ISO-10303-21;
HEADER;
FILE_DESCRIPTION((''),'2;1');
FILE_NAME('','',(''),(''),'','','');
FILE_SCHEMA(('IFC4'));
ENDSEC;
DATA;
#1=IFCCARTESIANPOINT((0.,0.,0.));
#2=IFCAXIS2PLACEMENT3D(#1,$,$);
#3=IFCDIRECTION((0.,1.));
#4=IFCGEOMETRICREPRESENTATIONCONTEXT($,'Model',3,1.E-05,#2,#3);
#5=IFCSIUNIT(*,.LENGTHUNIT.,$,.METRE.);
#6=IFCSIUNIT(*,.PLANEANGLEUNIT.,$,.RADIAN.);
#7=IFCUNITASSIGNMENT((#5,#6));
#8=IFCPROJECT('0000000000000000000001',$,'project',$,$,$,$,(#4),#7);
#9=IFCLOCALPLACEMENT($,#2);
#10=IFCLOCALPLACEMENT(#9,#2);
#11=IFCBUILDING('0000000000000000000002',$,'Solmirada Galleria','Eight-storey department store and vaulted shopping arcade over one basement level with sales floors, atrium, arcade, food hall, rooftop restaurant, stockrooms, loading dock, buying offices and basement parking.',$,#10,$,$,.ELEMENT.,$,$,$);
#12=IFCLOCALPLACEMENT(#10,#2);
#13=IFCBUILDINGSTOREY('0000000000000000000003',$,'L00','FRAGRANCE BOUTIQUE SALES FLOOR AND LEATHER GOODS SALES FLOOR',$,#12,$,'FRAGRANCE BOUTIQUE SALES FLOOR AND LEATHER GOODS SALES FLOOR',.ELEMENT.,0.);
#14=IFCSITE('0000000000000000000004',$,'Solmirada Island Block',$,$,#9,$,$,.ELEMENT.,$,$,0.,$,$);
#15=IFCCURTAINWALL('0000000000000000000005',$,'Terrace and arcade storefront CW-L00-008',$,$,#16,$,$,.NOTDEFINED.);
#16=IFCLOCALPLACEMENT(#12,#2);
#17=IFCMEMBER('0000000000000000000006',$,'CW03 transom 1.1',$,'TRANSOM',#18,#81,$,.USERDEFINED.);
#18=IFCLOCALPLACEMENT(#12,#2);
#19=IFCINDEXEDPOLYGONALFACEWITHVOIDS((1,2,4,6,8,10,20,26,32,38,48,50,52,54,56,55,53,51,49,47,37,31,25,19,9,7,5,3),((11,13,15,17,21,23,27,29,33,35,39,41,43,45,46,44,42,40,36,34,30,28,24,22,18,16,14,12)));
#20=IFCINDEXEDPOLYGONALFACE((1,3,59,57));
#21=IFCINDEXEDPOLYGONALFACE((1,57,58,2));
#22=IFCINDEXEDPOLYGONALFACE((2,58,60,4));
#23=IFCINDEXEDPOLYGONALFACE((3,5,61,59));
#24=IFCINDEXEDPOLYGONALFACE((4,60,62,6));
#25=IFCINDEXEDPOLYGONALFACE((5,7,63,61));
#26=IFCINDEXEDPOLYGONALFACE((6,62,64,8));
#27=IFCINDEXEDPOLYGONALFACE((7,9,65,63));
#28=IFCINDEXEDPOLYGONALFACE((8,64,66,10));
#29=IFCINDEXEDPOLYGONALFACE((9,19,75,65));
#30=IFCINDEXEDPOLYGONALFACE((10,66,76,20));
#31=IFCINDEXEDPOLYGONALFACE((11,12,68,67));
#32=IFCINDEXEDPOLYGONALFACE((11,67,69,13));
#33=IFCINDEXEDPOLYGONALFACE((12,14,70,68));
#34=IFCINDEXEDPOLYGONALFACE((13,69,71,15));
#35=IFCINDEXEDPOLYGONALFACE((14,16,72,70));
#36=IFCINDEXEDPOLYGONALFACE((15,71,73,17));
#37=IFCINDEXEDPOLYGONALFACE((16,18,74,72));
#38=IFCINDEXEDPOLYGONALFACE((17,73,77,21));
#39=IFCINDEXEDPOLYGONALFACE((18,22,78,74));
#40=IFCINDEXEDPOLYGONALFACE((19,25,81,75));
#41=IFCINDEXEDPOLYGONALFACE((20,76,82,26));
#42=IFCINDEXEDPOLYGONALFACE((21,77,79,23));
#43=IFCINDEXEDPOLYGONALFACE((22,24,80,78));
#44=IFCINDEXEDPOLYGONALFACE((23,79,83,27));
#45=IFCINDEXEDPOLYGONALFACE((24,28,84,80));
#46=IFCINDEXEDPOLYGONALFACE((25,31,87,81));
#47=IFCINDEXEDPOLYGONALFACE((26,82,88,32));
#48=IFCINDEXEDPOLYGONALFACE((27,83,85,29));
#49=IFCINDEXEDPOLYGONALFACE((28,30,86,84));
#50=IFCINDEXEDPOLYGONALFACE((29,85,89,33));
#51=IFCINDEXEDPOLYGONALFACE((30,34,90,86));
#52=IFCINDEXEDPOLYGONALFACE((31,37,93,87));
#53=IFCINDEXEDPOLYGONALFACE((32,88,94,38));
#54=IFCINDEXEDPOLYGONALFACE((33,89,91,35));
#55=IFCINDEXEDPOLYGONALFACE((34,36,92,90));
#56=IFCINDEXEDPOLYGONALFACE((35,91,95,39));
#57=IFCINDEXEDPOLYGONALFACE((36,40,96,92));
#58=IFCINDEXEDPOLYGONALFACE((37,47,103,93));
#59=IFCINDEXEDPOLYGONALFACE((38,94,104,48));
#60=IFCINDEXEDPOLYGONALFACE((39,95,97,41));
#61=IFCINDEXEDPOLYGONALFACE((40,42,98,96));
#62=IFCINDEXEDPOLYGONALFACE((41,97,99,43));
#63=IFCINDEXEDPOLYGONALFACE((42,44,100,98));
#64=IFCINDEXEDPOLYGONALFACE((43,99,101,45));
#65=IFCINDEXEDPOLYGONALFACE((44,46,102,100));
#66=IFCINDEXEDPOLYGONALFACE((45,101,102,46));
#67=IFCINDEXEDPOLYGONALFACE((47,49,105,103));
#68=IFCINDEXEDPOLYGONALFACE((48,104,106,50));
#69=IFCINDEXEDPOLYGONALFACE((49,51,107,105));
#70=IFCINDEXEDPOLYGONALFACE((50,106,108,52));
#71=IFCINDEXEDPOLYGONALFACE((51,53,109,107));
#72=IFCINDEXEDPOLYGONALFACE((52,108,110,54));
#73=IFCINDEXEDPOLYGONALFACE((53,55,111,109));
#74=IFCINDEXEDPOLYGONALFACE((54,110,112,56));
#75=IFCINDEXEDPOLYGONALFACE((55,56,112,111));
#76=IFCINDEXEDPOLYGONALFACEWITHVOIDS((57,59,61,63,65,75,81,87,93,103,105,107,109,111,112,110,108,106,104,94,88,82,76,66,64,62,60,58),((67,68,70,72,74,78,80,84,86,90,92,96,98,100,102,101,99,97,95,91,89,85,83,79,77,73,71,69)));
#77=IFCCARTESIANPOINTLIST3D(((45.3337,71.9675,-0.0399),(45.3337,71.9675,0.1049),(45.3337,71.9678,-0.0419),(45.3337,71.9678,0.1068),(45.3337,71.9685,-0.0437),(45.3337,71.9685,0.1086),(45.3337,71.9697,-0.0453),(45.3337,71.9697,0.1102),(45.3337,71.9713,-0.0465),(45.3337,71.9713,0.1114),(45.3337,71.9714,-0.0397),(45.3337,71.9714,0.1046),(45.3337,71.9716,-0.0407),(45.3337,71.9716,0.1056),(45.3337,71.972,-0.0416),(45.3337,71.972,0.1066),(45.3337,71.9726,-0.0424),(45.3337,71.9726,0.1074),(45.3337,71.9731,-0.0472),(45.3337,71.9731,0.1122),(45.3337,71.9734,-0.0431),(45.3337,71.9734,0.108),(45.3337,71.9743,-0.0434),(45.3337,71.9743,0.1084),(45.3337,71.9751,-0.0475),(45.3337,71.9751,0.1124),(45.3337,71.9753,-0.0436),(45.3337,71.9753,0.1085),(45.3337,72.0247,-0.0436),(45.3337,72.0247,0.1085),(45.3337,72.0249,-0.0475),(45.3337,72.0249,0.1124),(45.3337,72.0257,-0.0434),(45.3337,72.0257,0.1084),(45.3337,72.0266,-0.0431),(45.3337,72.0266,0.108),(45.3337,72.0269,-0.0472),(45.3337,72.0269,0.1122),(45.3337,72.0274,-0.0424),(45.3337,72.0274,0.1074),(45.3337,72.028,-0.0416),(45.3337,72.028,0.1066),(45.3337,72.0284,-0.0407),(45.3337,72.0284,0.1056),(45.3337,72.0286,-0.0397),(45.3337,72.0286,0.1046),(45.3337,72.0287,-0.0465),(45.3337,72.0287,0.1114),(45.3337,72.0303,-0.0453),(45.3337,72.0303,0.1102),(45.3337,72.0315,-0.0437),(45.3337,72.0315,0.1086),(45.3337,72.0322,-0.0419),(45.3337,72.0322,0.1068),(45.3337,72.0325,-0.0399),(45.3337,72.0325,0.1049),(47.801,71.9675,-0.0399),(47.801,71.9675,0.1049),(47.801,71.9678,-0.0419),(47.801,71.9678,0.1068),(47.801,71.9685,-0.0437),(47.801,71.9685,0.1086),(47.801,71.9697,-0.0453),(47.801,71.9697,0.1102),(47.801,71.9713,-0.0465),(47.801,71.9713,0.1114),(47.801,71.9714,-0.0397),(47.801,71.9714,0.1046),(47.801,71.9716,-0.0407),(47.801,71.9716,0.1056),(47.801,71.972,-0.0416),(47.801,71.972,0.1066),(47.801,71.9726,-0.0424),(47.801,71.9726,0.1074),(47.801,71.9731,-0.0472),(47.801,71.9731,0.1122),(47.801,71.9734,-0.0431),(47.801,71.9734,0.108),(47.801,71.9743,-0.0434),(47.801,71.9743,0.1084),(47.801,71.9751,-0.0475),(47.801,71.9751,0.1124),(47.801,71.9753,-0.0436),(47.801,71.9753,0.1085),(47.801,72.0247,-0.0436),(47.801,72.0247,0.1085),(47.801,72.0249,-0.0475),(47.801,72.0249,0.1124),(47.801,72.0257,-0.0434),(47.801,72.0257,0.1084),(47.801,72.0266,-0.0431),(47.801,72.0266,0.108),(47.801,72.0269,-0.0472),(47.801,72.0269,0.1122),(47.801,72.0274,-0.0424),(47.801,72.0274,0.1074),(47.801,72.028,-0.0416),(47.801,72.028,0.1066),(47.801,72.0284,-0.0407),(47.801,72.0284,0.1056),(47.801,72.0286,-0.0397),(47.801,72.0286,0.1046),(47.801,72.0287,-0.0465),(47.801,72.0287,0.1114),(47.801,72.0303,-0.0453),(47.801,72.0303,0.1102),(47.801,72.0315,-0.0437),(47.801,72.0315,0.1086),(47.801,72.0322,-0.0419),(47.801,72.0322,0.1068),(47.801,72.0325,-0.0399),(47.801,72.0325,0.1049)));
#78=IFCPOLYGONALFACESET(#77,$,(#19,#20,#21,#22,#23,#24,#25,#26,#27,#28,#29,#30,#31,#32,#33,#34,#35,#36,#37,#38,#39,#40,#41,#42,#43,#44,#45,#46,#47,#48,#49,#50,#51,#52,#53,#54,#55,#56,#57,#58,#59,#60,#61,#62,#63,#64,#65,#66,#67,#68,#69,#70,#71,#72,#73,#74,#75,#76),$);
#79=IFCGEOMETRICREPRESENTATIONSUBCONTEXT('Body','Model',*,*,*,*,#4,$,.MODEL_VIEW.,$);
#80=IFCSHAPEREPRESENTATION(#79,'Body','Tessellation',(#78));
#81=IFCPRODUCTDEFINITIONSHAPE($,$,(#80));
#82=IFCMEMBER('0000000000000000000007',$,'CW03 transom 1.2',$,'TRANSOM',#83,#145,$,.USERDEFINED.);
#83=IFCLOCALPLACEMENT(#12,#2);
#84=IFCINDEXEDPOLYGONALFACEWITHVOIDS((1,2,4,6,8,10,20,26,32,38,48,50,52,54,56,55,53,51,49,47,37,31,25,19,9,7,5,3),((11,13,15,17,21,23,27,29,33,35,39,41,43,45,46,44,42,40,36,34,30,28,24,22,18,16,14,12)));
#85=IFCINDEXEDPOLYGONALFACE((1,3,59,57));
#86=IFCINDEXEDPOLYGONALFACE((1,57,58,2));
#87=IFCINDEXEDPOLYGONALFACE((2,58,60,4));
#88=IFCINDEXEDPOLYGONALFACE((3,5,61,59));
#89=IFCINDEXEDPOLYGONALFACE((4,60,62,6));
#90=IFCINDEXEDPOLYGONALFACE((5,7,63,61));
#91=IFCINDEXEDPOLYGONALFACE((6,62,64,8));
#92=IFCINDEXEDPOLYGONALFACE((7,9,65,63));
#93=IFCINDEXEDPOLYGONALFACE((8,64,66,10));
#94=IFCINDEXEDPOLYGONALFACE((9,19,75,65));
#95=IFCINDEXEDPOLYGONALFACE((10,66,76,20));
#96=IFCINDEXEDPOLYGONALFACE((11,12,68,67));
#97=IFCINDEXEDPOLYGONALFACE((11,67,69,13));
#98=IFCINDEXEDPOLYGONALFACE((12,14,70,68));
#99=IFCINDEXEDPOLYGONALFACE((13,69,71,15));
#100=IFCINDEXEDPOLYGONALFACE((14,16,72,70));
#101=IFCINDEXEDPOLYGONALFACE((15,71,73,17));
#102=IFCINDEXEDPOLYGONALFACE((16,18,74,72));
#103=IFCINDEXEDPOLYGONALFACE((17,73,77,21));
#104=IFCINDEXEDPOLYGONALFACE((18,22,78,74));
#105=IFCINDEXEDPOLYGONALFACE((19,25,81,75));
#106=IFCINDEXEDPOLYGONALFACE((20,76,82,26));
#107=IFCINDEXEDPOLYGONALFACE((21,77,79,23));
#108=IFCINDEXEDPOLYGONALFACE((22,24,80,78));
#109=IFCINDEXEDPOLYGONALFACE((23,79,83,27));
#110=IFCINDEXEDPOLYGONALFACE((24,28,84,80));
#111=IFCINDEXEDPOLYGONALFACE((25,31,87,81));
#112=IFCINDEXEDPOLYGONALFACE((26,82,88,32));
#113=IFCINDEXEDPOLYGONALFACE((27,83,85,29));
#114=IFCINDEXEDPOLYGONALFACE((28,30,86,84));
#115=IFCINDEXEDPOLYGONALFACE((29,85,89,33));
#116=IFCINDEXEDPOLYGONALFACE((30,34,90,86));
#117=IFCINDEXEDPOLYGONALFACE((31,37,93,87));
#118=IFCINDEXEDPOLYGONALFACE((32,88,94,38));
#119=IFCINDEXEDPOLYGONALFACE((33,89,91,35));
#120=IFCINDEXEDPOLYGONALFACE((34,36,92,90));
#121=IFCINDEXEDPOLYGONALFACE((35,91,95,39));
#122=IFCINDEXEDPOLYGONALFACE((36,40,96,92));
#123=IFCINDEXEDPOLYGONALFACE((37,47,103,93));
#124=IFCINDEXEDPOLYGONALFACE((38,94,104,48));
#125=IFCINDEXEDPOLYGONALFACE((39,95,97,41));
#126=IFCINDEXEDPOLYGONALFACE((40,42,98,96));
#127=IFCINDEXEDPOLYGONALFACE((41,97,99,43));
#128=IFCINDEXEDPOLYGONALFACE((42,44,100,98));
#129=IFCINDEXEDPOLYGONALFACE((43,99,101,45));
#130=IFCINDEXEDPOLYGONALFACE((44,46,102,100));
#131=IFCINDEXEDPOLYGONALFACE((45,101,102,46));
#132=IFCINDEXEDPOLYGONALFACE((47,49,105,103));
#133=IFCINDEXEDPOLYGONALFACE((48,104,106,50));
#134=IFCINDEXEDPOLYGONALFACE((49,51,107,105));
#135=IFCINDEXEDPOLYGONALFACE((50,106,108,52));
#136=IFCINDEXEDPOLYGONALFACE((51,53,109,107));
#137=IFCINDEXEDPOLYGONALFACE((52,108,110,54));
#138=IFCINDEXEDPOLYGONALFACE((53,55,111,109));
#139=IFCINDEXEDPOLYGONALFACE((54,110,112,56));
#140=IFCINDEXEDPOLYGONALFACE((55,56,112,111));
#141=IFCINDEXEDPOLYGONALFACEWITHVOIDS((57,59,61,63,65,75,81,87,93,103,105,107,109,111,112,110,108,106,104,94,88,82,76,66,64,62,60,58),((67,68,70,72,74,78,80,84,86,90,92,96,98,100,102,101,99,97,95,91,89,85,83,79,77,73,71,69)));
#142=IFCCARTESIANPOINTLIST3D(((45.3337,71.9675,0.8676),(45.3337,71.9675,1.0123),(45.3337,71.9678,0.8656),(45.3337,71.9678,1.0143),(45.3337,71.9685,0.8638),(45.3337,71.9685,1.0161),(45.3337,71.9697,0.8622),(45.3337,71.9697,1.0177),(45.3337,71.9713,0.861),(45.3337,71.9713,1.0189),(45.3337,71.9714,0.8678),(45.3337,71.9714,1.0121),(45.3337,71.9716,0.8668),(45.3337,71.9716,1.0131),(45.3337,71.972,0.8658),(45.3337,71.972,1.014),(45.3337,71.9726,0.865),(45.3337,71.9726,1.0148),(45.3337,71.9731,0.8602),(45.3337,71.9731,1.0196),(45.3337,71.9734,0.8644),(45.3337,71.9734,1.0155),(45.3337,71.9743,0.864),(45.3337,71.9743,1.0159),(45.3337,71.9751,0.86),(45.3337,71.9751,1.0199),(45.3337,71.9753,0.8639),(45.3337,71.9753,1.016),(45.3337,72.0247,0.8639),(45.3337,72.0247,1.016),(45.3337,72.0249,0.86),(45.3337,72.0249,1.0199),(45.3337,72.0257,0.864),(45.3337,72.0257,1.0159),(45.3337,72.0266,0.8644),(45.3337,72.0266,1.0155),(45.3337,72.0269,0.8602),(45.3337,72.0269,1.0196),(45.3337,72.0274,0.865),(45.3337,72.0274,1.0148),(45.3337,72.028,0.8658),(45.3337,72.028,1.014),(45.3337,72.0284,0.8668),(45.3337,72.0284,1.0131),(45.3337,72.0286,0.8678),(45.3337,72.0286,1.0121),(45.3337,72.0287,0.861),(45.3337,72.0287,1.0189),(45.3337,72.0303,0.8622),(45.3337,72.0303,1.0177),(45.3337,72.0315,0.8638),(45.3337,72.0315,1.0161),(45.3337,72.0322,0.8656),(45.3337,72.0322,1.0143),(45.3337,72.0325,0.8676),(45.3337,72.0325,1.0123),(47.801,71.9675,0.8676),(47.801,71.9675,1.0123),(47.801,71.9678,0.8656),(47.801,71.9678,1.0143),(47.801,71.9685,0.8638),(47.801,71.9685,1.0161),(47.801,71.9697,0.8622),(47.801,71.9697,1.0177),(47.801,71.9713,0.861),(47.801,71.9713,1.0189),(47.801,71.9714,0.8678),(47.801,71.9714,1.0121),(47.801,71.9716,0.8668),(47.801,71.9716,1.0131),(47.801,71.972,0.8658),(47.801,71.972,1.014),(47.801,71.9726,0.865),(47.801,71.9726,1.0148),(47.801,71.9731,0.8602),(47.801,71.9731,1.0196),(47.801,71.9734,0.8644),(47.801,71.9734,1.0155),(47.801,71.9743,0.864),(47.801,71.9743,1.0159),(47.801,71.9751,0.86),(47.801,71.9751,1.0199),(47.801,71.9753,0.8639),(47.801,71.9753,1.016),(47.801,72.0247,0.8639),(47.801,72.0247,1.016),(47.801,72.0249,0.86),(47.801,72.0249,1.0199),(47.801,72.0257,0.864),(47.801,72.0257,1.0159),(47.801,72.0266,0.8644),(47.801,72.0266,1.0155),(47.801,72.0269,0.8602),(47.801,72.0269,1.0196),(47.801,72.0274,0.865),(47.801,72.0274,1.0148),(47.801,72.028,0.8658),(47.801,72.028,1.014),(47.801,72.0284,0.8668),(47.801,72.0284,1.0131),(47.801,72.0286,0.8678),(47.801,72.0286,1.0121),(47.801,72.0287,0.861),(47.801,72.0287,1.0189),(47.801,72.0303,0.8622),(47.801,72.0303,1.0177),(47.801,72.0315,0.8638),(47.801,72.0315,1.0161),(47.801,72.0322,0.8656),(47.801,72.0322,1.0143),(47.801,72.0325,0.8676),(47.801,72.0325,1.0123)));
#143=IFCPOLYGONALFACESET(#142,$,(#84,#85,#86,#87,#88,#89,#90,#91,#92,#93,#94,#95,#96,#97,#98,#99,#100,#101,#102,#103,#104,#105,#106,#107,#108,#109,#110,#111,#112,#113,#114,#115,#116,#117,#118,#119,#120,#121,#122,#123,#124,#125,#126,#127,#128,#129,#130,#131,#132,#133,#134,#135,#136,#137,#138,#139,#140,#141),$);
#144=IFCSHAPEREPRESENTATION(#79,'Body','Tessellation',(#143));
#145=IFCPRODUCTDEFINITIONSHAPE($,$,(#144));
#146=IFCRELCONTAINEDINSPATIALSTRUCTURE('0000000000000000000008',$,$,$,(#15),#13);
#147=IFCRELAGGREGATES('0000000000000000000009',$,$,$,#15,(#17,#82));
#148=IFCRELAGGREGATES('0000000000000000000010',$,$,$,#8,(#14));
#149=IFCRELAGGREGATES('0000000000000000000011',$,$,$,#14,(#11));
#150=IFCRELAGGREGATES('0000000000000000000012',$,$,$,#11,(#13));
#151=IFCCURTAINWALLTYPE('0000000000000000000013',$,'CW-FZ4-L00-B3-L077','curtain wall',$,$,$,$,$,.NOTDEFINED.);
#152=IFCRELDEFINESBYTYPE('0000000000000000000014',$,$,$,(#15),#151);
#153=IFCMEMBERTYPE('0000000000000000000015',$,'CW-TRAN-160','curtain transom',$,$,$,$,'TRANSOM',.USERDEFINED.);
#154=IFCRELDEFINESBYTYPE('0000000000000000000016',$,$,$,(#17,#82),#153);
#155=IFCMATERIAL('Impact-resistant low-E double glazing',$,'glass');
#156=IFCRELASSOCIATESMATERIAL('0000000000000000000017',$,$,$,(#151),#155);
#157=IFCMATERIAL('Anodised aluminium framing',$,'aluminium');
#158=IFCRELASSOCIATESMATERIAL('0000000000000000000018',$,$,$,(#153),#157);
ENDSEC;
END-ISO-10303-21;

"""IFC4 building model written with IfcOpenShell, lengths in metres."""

from ifc_helpers import new_model, si_unit, direction, frame, origin, origin_2d, place, context, subcontext, project, spatial, hollow_rectangle, extrude, material, material_profile, profile_set, type_object, element, aggregate, save


model = new_model("IFC4")

# Units and contexts
model_context = context("Model", 3, precision=1e-05, world=origin(), true_north=direction((0.0, 1.0)))
body_context = subcontext(model_context, "Body", "Model", "MODEL_VIEW")
ifc_project = project(units=[si_unit("LENGTHUNIT", "METRE"), si_unit("PLANEANGLEUNIT", "RADIAN")], contexts=[model_context])

# Site, building, storey
site_placement = place(None, origin())
site = spatial("IfcSite", under=ifc_project, at=site_placement, Name="Solmirada Island Block", CompositionType="ELEMENT", RefElevation=0.0)
building_placement = place(site_placement, origin())
building = spatial("IfcBuilding", under=site, at=building_placement, Name="Solmirada Galleria", Description="Eight-storey department store and vaulted shopping arcade over one basement level with sales floors, atrium, arcade, food hall, rooftop restaurant, stockrooms, loading dock, buying offices and basement parking.", CompositionType="ELEMENT")
storey_placement = place(building_placement, origin())
storey = spatial("IfcBuildingStorey", under=building, at=storey_placement, Name="L00", Description="FRAGRANCE BOUTIQUE SALES FLOOR AND LEATHER GOODS SALES FLOOR", LongName="FRAGRANCE BOUTIQUE SALES FLOOR AND LEATHER GOODS SALES FLOOR", CompositionType="ELEMENT", Elevation=0.0)

# Shared definitions
ifc_material_1 = material(Name="Impact-resistant low-E double glazing", Category="glass")
curtain_wall_type_1 = type_object("IfcCurtainWallType", Name="CW-FZ4-L00-B3-L077", Description="curtain wall", PredefinedType="NOTDEFINED", material=ifc_material_1)
ifc_material_2 = material(Name="Anodised aluminium framing", Category="aluminium")

# Curtain wall
curtain_wall_1_placement = place(storey_placement, origin())
curtain_wall_1 = element("IfcCurtainWall", 1, at=curtain_wall_1_placement, inside=storey, type_object=curtain_wall_type_1, Name="Terrace and arcade storefront CW-L00-008", PredefinedType="NOTDEFINED")

# Members
ifc_material_profile_1 = material_profile(ifc_material_2, hollow_rectangle(XDim=0.0649, YDim=0.1599, WallThickness=0.0039, InnerFilletRadius=0.0039, OuterFilletRadius=0.0076, at=origin_2d()), Name="ALU-TRAN-160X65")
ifc_profile_set_1 = profile_set([ifc_material_profile_1], Name="Anodised aluminium framing")
member_type_1 = type_object("IfcMemberType", Name="CW-TRAN-160", Description="curtain transom", ElementType="TRANSOM", PredefinedType="USERDEFINED", material=ifc_profile_set_1)
member_1_placement = place(storey_placement, frame((47.801, 72.0, 0.0325), z_axis=(-1.0, 0.0, 0.0), x_axis=(0.0, -1.0, 0.0)))
member_1 = element("IfcMember", 2, at=member_1_placement, type_object=member_type_1, Name="CW03 transom 1.1", ObjectType="TRANSOM", PredefinedType="USERDEFINED", context=body_context, shape_type="SweptSolid", body=[
    extrude(hollow_rectangle(XDim=0.0649, YDim=0.1599, WallThickness=0.0039, InnerFilletRadius=0.0039, OuterFilletRadius=0.0076, at=origin_2d()), origin(), (0.0, 0.0, 1.0), 2.4673),
])
member_2_placement = place(storey_placement, frame((47.801, 72.0, 0.9399), z_axis=(-1.0, 0.0, 0.0), x_axis=(0.0, -1.0, 0.0)))
member_2 = element("IfcMember", 3, at=member_2_placement, type_object=member_type_1, Name="CW03 transom 1.2", ObjectType="TRANSOM", PredefinedType="USERDEFINED", context=body_context, shape_type="SweptSolid", body=[
    extrude(hollow_rectangle(XDim=0.0649, YDim=0.1599, WallThickness=0.0039, InnerFilletRadius=0.0039, OuterFilletRadius=0.0076, at=origin_2d()), origin(), (0.0, 0.0, 1.0), 2.4673),
])

aggregate(curtain_wall_1, [member_1, member_2])

save(model, "model.ifc")
